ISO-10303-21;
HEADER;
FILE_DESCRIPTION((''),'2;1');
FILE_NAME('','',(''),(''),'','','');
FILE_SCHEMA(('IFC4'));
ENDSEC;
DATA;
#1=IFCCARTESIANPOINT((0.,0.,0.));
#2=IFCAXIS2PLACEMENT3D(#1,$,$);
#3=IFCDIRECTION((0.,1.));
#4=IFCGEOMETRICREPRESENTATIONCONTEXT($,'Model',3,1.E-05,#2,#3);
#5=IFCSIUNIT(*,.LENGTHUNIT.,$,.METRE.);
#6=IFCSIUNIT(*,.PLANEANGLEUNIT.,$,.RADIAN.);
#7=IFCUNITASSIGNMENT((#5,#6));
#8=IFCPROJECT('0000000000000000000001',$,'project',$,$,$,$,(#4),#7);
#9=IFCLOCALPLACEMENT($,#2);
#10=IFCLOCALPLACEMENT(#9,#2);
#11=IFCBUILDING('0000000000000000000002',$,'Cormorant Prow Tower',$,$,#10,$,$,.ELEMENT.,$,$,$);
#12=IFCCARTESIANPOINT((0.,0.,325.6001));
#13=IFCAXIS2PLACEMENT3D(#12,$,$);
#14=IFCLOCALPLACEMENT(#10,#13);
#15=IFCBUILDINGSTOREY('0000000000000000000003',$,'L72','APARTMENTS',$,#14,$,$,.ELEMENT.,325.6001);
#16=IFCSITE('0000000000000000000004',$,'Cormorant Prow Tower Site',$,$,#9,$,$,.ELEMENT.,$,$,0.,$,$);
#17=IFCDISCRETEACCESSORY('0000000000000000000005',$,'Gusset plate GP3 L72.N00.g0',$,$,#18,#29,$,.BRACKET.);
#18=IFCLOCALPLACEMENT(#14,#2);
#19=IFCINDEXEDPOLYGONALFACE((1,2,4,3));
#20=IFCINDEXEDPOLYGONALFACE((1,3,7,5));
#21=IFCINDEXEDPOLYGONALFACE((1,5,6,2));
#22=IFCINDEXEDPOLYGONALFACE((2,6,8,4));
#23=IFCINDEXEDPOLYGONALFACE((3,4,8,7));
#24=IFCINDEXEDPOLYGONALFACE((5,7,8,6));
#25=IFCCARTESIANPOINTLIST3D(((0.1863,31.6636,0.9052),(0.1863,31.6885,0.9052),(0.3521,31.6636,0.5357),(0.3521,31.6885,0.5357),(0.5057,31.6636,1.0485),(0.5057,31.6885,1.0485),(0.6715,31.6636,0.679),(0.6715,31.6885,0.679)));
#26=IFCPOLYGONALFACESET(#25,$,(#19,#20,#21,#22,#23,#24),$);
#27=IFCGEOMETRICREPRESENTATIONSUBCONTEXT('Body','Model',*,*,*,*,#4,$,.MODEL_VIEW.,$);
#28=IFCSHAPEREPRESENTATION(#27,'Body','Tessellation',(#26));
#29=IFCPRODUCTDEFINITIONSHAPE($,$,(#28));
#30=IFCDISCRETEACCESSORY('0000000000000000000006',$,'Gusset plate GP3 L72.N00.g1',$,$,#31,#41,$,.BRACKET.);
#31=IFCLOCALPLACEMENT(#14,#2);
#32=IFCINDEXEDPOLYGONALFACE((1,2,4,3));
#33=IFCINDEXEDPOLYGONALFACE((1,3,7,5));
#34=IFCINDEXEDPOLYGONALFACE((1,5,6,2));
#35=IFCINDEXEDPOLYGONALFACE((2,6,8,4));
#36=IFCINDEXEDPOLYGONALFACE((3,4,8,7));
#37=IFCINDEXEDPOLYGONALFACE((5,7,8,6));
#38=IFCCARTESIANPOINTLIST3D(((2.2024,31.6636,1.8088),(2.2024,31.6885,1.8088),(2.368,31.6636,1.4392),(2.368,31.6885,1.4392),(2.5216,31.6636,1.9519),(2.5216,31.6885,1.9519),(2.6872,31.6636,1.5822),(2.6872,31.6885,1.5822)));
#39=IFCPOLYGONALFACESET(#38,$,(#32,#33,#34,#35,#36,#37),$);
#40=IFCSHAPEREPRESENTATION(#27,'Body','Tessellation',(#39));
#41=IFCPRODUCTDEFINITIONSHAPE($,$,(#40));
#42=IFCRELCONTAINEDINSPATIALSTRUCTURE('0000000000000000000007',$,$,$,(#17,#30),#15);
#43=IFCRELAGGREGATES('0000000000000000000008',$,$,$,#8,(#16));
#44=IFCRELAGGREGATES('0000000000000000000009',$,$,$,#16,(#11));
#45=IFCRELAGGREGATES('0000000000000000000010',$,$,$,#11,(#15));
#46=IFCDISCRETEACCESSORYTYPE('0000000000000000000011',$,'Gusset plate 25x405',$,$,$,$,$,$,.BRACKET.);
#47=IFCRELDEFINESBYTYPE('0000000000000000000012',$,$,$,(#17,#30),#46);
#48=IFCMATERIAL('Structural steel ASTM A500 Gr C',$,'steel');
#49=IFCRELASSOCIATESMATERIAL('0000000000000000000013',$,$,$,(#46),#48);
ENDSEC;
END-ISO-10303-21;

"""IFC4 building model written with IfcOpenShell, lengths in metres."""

from ifc_helpers import new_model, si_unit, direction, frame, origin, origin_2d, place, context, subcontext, project, spatial, rectangle, extrude, material, material_profile, profile_set, type_object, element, save


model = new_model("IFC4")

# Units and contexts
model_context = context("Model", 3, precision=1e-05, world=origin(), true_north=direction((0.0, 1.0)))
body_context = subcontext(model_context, "Body", "Model", "MODEL_VIEW")
ifc_project = project(units=[si_unit("LENGTHUNIT", "METRE"), si_unit("PLANEANGLEUNIT", "RADIAN")], contexts=[model_context])

# Site, building, storey
site_placement = place(None, origin())
site = spatial("IfcSite", under=ifc_project, at=site_placement, Name="Cormorant Prow Tower Site", CompositionType="ELEMENT", RefElevation=0.0)
building_placement = place(site_placement, origin())
building = spatial("IfcBuilding", under=site, at=building_placement, Name="Cormorant Prow Tower", CompositionType="ELEMENT")
storey_placement = place(building_placement, frame((0.0, 0.0, 325.6001)))
storey = spatial("IfcBuildingStorey", under=building, at=storey_placement, Name="L72", Description="APARTMENTS", CompositionType="ELEMENT", Elevation=325.6001)

# Discrete accessories
ifc_material_1 = material(Name="Structural steel ASTM A500 Gr C", Category="steel")
ifc_material_profile_1 = material_profile(ifc_material_1, rectangle(XDim=0.0249, YDim=0.405, at=origin_2d()), Name="Gusset plate 25x405")
ifc_profile_set_1 = profile_set([ifc_material_profile_1], Name="Structural steel ASTM A500 Gr C")
discrete_accessory_type = type_object("IfcDiscreteAccessoryType", Name="Gusset plate 25x405", PredefinedType="BRACKET", material=ifc_profile_set_1)
discrete_accessory_1_placement = place(storey_placement, frame((0.5886, 31.676, 0.8638), z_axis=(-0.912339, 0.0, -0.409436), x_axis=(0.0, -1.0, 0.0)))
element("IfcDiscreteAccessory", 1, at=discrete_accessory_1_placement, inside=storey, type_object=discrete_accessory_type, Name="Gusset plate GP3 L72.N00.g0", PredefinedType="BRACKET", context=body_context, shape_type="SweptSolid", body=[
    extrude(rectangle(XDim=0.0249, YDim=0.405, at=origin_2d()), origin(), (0.0, 0.0, 1.0), 0.3501),
])
discrete_accessory_2_placement = place(storey_placement, frame((2.2852, 31.676, 1.624), z_axis=(0.912599, 0.0, 0.408856), x_axis=(0.0, 1.0, 0.0)))
element("IfcDiscreteAccessory", 2, at=discrete_accessory_2_placement, inside=storey, type_object=discrete_accessory_type, Name="Gusset plate GP3 L72.N00.g1", PredefinedType="BRACKET", context=body_context, shape_type="SweptSolid", body=[
    extrude(rectangle(XDim=0.0249, YDim=0.405, at=origin_2d()), origin(), (0.0, 0.0, 1.0), 0.3499),
])

save(model, "model.ifc")
